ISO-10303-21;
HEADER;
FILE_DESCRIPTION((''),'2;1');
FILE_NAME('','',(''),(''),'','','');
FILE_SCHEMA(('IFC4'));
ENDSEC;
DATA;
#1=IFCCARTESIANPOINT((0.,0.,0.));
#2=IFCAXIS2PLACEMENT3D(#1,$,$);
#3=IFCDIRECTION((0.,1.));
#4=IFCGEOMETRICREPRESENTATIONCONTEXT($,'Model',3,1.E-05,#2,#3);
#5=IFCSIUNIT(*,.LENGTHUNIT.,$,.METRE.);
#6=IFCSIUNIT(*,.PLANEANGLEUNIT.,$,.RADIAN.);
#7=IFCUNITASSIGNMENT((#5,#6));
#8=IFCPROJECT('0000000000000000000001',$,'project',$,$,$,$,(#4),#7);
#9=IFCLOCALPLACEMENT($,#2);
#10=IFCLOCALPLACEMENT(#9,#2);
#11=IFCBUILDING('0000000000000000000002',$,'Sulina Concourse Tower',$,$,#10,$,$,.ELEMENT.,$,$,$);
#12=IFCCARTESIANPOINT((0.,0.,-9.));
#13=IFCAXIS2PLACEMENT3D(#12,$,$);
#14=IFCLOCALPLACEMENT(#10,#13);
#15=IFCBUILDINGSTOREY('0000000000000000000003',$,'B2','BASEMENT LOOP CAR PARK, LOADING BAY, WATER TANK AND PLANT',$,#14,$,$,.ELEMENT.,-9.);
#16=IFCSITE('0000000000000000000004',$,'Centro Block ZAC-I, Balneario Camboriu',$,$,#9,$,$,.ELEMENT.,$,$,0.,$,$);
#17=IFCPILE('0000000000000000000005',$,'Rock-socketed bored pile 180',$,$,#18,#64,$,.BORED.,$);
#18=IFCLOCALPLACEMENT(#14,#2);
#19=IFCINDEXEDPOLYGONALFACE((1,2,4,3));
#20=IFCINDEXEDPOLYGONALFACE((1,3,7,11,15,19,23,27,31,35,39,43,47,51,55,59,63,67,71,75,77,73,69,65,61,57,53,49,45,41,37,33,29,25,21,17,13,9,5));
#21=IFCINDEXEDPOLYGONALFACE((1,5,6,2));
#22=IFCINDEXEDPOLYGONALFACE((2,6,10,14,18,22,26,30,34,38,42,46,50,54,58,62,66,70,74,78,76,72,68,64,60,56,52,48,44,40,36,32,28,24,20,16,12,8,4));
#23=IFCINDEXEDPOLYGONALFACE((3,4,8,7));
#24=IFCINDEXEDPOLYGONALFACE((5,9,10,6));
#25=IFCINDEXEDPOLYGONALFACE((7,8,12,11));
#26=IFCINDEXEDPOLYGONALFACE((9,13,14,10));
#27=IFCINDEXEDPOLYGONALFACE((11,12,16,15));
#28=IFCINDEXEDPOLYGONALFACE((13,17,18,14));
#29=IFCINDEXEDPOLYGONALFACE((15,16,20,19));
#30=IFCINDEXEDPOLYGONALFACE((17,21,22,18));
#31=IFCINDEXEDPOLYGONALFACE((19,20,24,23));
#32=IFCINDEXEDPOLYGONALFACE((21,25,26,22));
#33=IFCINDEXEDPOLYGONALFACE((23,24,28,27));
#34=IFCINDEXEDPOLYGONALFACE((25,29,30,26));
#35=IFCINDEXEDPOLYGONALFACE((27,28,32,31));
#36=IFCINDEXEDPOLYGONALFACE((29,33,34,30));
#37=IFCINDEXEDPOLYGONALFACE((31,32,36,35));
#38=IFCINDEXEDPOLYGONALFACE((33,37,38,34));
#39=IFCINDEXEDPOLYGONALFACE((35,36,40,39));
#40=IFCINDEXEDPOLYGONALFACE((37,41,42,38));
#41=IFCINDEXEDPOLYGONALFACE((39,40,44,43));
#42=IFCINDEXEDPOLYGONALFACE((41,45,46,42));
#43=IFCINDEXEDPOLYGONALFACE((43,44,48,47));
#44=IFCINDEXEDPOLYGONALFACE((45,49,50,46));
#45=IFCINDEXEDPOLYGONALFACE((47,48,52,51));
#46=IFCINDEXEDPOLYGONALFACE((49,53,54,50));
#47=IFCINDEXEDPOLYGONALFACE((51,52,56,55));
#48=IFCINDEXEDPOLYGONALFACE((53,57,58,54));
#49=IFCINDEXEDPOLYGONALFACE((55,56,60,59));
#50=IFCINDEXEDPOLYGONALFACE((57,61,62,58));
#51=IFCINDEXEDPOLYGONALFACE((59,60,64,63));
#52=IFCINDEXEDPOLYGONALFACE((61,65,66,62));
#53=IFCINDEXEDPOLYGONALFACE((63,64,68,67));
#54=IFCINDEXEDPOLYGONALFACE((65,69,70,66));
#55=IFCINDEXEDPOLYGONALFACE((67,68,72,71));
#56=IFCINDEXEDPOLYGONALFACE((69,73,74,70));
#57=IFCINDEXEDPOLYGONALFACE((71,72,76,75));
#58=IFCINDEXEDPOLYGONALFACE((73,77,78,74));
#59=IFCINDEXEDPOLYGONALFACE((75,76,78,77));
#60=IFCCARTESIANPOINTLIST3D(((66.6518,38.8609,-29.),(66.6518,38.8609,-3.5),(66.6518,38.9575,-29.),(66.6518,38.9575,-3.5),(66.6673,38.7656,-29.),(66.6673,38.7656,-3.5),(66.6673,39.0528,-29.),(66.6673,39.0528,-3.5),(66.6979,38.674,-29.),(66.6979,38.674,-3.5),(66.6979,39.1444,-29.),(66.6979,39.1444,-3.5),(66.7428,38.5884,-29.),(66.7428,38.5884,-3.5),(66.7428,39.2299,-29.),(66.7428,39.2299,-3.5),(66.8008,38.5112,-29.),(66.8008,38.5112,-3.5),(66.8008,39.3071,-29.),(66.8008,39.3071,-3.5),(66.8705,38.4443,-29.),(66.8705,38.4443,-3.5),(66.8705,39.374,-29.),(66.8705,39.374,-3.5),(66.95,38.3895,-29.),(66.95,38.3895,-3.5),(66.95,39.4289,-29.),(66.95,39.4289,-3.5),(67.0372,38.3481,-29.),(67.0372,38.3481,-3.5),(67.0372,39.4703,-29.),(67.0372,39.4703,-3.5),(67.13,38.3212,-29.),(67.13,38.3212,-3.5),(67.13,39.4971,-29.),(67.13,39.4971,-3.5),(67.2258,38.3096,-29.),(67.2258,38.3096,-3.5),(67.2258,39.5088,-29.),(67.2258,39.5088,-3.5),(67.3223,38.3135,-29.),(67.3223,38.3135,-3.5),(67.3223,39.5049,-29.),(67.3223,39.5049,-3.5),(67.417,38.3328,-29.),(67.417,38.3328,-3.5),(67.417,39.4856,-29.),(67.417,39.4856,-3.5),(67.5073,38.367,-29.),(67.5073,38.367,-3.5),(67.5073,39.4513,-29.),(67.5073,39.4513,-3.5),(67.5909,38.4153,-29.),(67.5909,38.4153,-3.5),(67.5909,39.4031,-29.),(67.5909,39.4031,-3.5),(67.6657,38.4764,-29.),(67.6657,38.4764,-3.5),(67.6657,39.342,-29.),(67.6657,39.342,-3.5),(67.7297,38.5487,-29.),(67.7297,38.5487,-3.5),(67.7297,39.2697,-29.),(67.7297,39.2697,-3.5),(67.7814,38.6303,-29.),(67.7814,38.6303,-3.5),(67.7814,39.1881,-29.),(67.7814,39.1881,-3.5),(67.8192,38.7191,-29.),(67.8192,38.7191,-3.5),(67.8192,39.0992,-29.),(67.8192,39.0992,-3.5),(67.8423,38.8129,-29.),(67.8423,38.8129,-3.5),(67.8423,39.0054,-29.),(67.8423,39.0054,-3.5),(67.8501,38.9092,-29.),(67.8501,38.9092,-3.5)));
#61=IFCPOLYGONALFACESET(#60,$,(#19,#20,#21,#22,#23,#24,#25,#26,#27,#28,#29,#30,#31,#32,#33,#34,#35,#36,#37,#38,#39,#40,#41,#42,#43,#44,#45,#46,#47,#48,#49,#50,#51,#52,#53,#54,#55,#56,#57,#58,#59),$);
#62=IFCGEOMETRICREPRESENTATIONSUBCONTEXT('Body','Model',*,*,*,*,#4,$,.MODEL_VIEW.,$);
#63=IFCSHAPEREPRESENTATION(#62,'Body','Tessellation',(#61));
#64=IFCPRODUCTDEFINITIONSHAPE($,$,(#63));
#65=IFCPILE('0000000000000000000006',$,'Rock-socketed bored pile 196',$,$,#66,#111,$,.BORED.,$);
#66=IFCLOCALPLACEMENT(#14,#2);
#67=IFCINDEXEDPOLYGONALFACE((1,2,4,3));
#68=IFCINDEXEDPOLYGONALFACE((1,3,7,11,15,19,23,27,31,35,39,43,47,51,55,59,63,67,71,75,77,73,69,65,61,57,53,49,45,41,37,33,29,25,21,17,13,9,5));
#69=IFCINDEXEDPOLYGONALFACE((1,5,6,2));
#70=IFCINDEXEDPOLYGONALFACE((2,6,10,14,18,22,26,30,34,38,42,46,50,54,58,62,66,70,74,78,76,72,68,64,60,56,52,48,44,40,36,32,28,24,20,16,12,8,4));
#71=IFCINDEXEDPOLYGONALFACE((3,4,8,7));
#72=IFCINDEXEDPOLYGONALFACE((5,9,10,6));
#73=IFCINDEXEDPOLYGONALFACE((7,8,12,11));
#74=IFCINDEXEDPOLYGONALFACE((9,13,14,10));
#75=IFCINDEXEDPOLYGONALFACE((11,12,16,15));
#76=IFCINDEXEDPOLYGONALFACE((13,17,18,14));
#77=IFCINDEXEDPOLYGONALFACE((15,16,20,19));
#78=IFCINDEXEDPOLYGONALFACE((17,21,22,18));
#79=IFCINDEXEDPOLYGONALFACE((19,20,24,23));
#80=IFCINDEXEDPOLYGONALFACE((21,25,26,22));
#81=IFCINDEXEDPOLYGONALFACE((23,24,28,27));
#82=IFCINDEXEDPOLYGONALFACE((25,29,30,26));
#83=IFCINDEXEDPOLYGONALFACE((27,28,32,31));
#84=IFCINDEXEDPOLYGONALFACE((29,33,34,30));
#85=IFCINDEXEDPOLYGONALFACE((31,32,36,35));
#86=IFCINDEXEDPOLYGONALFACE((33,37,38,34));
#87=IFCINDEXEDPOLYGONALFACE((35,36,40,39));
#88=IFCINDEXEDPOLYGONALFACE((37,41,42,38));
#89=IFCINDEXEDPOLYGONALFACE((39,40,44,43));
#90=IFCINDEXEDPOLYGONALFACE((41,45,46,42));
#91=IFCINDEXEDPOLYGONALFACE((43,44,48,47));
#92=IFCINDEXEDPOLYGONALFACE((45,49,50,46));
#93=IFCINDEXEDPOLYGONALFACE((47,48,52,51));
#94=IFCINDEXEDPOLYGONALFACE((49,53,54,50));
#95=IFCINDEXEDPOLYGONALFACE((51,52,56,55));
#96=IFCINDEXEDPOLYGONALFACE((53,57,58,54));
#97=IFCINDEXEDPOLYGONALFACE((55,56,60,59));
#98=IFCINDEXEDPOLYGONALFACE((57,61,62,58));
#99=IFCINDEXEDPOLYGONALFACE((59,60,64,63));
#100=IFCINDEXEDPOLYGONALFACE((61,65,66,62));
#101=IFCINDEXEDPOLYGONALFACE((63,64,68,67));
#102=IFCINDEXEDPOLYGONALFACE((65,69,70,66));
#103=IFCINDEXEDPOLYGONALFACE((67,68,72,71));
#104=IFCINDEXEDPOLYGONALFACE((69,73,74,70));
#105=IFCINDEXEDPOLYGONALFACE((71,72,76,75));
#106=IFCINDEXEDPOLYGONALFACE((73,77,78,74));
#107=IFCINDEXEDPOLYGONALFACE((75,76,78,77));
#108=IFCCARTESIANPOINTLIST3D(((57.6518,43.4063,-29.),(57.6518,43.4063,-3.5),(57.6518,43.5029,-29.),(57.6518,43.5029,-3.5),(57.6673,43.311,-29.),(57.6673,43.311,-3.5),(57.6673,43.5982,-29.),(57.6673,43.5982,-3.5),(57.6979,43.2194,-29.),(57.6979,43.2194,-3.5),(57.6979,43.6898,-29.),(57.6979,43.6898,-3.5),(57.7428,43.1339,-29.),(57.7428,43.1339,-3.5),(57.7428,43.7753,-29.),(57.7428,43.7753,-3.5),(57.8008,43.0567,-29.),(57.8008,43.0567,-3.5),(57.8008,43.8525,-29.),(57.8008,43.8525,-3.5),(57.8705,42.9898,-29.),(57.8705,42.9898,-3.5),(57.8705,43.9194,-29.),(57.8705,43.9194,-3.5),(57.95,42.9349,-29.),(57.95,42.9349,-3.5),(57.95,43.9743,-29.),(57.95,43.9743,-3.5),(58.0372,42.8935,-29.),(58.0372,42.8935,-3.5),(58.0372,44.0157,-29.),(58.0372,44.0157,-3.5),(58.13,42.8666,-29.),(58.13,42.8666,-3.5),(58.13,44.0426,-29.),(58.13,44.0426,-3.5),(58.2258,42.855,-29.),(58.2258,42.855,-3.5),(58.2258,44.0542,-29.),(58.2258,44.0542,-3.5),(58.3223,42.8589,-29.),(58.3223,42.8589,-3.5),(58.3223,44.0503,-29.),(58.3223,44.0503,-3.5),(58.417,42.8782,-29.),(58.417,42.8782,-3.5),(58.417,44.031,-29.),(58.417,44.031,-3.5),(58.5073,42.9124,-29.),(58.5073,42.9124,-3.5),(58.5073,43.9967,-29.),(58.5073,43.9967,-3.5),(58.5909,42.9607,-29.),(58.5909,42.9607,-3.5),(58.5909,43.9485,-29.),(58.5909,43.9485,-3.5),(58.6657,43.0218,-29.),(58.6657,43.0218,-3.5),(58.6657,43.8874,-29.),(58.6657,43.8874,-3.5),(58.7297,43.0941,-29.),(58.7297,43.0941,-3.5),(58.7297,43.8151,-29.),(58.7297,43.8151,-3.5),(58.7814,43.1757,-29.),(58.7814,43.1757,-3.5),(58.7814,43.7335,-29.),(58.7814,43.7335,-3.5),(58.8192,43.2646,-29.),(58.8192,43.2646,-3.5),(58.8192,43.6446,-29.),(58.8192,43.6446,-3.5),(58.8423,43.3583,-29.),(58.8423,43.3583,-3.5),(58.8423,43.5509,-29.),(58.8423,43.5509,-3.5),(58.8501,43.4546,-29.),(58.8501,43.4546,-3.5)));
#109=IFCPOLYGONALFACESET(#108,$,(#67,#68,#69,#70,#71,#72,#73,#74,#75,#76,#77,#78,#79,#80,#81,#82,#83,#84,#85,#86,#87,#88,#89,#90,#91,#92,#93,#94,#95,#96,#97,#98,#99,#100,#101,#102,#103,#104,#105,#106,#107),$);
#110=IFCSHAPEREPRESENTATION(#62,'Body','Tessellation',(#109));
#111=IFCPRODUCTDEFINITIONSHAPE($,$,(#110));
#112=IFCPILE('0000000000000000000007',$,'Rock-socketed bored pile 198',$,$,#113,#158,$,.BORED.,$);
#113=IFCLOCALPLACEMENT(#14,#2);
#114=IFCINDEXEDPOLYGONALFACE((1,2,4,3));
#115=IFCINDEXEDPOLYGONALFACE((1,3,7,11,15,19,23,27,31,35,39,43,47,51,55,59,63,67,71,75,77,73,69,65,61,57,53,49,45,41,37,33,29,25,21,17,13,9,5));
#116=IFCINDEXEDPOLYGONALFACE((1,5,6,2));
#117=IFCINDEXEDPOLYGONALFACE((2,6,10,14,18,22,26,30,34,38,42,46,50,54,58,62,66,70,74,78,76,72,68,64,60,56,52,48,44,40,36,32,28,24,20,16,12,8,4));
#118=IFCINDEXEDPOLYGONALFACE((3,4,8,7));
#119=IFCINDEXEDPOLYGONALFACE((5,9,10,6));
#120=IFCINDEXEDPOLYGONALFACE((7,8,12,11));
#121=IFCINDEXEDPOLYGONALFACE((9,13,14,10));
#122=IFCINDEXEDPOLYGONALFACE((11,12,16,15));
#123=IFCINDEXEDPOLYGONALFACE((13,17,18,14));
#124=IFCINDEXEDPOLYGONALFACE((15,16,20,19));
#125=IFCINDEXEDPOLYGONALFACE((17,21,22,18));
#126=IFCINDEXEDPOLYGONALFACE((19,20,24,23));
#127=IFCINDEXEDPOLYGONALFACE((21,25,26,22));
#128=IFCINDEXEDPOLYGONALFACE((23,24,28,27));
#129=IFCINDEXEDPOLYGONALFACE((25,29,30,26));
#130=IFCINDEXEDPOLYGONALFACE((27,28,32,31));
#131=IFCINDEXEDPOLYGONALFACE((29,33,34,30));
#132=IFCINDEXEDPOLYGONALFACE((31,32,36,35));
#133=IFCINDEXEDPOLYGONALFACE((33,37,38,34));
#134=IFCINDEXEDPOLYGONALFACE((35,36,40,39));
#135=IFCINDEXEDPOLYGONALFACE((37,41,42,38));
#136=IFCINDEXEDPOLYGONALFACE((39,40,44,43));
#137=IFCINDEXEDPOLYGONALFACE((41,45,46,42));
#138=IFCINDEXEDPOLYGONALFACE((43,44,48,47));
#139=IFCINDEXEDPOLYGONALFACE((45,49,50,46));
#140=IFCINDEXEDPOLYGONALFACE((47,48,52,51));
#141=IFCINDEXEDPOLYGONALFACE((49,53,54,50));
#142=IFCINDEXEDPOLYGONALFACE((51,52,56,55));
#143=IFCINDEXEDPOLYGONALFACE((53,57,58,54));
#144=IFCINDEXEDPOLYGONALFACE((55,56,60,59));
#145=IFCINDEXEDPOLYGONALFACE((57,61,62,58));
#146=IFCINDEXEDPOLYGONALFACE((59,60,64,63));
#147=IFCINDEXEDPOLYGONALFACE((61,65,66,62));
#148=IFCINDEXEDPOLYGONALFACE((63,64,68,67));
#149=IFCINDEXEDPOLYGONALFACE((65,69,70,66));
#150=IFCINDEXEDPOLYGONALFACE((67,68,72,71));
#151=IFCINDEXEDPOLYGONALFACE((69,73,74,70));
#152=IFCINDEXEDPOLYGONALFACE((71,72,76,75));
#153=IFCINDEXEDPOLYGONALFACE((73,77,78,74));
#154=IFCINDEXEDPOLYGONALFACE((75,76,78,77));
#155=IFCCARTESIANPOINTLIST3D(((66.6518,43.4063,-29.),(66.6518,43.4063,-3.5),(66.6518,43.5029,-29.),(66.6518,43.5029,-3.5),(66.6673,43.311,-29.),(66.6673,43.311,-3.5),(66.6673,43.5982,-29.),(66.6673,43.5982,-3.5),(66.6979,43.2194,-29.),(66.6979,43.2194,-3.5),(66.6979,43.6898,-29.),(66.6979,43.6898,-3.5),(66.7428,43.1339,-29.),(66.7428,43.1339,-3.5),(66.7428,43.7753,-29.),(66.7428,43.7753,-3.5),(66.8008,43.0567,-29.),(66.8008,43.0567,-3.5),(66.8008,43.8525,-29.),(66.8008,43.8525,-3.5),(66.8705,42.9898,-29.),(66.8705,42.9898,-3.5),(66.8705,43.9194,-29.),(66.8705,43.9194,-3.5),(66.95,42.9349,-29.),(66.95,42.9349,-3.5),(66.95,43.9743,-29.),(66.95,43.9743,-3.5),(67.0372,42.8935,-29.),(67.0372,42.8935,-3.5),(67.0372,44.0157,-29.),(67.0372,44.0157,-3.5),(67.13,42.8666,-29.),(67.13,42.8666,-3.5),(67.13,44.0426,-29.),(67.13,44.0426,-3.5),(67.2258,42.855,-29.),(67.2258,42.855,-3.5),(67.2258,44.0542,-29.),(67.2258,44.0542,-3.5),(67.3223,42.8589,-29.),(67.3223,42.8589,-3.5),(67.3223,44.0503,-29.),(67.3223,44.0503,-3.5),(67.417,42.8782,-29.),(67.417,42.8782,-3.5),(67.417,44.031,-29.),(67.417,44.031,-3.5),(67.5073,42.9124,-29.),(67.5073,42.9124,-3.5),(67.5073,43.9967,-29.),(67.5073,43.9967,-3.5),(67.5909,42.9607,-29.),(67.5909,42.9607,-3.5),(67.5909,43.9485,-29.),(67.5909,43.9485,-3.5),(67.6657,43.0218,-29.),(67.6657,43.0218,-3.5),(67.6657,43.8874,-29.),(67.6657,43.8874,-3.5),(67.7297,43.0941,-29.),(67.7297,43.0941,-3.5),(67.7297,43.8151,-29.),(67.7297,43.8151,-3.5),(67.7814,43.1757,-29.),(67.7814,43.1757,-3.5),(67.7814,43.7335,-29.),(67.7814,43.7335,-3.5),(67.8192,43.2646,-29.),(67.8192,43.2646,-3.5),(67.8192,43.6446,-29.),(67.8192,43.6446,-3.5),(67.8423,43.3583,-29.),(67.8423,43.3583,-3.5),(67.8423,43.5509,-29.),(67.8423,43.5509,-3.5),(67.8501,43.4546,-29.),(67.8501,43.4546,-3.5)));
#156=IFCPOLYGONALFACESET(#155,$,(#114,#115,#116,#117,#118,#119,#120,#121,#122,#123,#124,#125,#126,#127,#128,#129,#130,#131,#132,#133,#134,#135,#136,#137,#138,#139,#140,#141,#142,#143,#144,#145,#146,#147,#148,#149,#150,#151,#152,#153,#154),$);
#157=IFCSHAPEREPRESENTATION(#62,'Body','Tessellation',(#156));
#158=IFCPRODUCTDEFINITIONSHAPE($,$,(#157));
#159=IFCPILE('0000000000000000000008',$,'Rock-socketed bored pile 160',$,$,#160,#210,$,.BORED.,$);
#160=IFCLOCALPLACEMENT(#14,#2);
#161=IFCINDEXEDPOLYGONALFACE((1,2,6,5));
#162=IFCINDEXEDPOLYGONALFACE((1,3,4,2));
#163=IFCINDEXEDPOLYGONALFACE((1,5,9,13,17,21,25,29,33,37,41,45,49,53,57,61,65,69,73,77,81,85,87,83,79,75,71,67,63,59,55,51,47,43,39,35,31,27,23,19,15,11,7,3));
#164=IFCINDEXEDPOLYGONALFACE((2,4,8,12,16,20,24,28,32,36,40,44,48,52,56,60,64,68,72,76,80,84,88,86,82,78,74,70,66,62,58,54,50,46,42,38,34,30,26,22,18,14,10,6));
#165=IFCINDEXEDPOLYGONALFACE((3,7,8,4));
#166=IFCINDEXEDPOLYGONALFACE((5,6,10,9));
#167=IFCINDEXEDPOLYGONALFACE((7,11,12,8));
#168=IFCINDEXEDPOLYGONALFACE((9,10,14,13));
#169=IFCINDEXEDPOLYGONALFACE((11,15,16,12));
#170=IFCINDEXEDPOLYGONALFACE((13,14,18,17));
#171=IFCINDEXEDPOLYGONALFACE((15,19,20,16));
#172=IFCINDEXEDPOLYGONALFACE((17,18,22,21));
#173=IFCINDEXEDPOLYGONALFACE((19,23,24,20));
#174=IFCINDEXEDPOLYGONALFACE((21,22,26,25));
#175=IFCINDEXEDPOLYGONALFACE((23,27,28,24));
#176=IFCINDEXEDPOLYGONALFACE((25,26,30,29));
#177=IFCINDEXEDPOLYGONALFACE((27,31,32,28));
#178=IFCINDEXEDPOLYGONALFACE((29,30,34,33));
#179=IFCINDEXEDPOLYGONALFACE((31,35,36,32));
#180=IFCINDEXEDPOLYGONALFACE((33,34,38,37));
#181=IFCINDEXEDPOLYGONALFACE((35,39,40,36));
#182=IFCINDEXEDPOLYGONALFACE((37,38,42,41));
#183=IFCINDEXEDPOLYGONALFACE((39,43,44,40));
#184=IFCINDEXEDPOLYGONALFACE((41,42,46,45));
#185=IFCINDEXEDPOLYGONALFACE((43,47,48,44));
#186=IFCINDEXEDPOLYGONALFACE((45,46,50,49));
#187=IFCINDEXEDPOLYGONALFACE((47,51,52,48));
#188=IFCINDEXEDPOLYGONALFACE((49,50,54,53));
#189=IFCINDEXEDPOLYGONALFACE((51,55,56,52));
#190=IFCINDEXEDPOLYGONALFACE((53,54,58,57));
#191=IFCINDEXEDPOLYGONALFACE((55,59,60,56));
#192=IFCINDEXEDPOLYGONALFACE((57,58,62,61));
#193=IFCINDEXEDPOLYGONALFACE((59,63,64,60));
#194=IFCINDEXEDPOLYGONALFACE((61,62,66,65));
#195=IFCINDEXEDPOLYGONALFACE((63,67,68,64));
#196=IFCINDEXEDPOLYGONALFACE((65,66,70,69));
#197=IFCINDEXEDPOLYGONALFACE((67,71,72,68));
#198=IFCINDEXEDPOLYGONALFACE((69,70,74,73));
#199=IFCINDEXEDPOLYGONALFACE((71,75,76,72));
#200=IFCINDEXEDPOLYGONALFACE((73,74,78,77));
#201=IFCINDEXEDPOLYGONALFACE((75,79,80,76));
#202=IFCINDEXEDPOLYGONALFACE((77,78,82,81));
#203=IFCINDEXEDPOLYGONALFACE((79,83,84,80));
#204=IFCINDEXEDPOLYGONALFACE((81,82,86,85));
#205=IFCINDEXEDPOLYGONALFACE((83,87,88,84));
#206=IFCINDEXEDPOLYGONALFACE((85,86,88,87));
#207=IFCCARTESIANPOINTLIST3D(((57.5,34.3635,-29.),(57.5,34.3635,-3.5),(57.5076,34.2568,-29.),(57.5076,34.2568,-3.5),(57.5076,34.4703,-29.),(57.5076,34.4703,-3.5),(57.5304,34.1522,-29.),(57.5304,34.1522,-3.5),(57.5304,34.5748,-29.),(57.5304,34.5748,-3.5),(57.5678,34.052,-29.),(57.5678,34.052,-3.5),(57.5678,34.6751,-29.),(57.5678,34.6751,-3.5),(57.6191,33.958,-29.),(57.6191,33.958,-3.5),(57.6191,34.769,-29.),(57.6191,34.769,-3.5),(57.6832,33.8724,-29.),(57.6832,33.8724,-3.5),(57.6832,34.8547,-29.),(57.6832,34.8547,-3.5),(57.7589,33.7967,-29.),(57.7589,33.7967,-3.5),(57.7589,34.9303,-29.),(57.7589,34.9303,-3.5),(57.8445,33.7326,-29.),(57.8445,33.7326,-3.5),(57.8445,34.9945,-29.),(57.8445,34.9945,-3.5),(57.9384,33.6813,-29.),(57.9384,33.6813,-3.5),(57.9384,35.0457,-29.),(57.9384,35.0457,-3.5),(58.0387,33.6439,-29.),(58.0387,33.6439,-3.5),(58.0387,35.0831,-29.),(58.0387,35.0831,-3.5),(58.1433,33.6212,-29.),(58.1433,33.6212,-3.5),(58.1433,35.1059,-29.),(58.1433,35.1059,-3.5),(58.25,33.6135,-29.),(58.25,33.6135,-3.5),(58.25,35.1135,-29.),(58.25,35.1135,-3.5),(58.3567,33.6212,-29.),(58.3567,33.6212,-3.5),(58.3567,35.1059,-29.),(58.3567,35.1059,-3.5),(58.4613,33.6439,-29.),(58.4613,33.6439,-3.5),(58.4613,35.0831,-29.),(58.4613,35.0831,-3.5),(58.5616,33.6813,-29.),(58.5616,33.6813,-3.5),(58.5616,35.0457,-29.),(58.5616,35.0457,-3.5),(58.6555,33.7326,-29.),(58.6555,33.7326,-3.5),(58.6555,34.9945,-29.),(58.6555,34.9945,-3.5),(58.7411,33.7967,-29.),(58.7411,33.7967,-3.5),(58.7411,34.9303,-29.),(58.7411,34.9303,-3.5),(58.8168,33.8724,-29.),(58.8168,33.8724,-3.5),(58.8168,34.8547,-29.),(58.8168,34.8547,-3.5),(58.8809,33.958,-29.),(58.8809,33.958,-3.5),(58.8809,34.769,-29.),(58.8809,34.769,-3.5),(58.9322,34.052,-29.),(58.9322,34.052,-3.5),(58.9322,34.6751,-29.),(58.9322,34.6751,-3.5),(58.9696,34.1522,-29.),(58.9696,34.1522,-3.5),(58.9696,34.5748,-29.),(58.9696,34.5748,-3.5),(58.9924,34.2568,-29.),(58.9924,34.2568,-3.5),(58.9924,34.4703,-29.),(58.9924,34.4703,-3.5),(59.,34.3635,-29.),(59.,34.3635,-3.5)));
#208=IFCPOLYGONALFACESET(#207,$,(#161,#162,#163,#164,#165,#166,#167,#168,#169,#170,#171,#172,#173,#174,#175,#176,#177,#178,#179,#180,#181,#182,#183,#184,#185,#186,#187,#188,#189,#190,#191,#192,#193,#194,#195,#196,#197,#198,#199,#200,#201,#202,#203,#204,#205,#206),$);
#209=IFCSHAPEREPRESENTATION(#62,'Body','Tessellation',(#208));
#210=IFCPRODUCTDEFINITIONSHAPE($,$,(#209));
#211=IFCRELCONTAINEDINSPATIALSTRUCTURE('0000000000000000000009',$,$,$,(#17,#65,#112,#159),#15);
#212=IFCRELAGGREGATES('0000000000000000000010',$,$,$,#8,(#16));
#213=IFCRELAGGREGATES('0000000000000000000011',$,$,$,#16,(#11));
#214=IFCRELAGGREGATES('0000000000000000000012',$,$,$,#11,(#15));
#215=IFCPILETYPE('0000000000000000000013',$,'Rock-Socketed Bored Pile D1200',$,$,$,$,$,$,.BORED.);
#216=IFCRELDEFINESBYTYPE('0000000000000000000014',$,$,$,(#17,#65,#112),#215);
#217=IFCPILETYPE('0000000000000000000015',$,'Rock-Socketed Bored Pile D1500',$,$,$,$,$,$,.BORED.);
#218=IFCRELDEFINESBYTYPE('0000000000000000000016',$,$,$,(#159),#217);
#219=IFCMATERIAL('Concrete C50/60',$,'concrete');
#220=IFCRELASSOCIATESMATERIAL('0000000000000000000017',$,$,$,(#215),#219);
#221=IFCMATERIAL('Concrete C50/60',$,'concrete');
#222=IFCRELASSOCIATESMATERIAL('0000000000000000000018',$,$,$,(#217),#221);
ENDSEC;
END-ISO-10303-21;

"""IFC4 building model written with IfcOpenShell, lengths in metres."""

from ifc_helpers import new_model, si_unit, direction, frame, origin, origin_2d, place, context, subcontext, project, spatial, circle, extrude, material, material_profile, profile_set, type_object, element, save


model = new_model("IFC4")

# Units and contexts
model_context = context("Model", 3, precision=1e-05, world=origin(), true_north=direction((0.0, 1.0)))
body_context = subcontext(model_context, "Body", "Model", "MODEL_VIEW")
ifc_project = project(units=[si_unit("LENGTHUNIT", "METRE"), si_unit("PLANEANGLEUNIT", "RADIAN")], contexts=[model_context])

# Site, building, storey
site_placement = place(None, origin())
site = spatial("IfcSite", under=ifc_project, at=site_placement, Name="Centro Block ZAC-I, Balneario Camboriu", CompositionType="ELEMENT", RefElevation=0.0)
building_placement = place(site_placement, origin())
building = spatial("IfcBuilding", under=site, at=building_placement, Name="Sulina Concourse Tower", CompositionType="ELEMENT")
storey_placement = place(building_placement, frame((0.0, 0.0, -9.0)))
storey = spatial("IfcBuildingStorey", under=building, at=storey_placement, Name="B2", Description="BASEMENT LOOP CAR PARK, LOADING BAY, WATER TANK AND PLANT", CompositionType="ELEMENT", Elevation=-9.0)

# Piles
ifc_material_1 = material(Name="Concrete C50/60", Category="concrete")
ifc_material_profile_1 = material_profile(ifc_material_1, circle(Radius=0.6001, at=origin_2d()), Name="PILE D1200")
ifc_profile_set_1 = profile_set([ifc_material_profile_1], Name="Concrete C50/60")
pile_type_1 = type_object("IfcPileType", Name="Rock-Socketed Bored Pile D1200", PredefinedType="BORED", material=ifc_profile_set_1)
for number, where, z_axis, x_axis, name in (
    (1, (67.25, 38.9092, -3.5), (0.0, 0.0, -1.0), (1.0, 0.0, 0.0), "Rock-socketed bored pile 180"),
    (2, (58.25, 43.4546, -3.5), (0.0, 0.0, -1.0), (1.0, 0.0, 0.0), "Rock-socketed bored pile 196"),
    (3, (67.25, 43.4546, -3.5), (0.0, 0.0, -1.0), (1.0, 0.0, 0.0), "Rock-socketed bored pile 198"),
):
    element("IfcPile", number, at=place(storey_placement, frame(where, z_axis=z_axis, x_axis=x_axis)), inside=storey, type_object=pile_type_1, Name=name, PredefinedType="BORED", context=body_context, shape_type="SweptSolid", body=[
        extrude(circle(Radius=0.6001, at=origin_2d()), origin(), (0.0, 0.0, 1.0), 25.5),
    ])
ifc_material_2 = material(Name="Concrete C50/60", Category="concrete")
ifc_material_profile_2 = material_profile(ifc_material_2, circle(Radius=0.75, at=origin_2d()), Name="PILE D1500")
ifc_profile_set_2 = profile_set([ifc_material_profile_2], Name="Concrete C50/60")
pile_type_2 = type_object("IfcPileType", Name="Rock-Socketed Bored Pile D1500", PredefinedType="BORED", material=ifc_profile_set_2)
for number, where, z_axis, x_axis, name in (
    (4, (58.25, 34.3635, -3.5), (0.0, 0.0, -1.0), (1.0, 0.0, 0.0), "Rock-socketed bored pile 160"),
):
    element("IfcPile", number, at=place(storey_placement, frame(where, z_axis=z_axis, x_axis=x_axis)), inside=storey, type_object=pile_type_2, Name=name, PredefinedType="BORED", context=body_context, shape_type="SweptSolid", body=[
        extrude(circle(Radius=0.75, at=origin_2d()), origin(), (0.0, 0.0, 1.0), 25.5),
    ])

save(model, "model.ifc")
